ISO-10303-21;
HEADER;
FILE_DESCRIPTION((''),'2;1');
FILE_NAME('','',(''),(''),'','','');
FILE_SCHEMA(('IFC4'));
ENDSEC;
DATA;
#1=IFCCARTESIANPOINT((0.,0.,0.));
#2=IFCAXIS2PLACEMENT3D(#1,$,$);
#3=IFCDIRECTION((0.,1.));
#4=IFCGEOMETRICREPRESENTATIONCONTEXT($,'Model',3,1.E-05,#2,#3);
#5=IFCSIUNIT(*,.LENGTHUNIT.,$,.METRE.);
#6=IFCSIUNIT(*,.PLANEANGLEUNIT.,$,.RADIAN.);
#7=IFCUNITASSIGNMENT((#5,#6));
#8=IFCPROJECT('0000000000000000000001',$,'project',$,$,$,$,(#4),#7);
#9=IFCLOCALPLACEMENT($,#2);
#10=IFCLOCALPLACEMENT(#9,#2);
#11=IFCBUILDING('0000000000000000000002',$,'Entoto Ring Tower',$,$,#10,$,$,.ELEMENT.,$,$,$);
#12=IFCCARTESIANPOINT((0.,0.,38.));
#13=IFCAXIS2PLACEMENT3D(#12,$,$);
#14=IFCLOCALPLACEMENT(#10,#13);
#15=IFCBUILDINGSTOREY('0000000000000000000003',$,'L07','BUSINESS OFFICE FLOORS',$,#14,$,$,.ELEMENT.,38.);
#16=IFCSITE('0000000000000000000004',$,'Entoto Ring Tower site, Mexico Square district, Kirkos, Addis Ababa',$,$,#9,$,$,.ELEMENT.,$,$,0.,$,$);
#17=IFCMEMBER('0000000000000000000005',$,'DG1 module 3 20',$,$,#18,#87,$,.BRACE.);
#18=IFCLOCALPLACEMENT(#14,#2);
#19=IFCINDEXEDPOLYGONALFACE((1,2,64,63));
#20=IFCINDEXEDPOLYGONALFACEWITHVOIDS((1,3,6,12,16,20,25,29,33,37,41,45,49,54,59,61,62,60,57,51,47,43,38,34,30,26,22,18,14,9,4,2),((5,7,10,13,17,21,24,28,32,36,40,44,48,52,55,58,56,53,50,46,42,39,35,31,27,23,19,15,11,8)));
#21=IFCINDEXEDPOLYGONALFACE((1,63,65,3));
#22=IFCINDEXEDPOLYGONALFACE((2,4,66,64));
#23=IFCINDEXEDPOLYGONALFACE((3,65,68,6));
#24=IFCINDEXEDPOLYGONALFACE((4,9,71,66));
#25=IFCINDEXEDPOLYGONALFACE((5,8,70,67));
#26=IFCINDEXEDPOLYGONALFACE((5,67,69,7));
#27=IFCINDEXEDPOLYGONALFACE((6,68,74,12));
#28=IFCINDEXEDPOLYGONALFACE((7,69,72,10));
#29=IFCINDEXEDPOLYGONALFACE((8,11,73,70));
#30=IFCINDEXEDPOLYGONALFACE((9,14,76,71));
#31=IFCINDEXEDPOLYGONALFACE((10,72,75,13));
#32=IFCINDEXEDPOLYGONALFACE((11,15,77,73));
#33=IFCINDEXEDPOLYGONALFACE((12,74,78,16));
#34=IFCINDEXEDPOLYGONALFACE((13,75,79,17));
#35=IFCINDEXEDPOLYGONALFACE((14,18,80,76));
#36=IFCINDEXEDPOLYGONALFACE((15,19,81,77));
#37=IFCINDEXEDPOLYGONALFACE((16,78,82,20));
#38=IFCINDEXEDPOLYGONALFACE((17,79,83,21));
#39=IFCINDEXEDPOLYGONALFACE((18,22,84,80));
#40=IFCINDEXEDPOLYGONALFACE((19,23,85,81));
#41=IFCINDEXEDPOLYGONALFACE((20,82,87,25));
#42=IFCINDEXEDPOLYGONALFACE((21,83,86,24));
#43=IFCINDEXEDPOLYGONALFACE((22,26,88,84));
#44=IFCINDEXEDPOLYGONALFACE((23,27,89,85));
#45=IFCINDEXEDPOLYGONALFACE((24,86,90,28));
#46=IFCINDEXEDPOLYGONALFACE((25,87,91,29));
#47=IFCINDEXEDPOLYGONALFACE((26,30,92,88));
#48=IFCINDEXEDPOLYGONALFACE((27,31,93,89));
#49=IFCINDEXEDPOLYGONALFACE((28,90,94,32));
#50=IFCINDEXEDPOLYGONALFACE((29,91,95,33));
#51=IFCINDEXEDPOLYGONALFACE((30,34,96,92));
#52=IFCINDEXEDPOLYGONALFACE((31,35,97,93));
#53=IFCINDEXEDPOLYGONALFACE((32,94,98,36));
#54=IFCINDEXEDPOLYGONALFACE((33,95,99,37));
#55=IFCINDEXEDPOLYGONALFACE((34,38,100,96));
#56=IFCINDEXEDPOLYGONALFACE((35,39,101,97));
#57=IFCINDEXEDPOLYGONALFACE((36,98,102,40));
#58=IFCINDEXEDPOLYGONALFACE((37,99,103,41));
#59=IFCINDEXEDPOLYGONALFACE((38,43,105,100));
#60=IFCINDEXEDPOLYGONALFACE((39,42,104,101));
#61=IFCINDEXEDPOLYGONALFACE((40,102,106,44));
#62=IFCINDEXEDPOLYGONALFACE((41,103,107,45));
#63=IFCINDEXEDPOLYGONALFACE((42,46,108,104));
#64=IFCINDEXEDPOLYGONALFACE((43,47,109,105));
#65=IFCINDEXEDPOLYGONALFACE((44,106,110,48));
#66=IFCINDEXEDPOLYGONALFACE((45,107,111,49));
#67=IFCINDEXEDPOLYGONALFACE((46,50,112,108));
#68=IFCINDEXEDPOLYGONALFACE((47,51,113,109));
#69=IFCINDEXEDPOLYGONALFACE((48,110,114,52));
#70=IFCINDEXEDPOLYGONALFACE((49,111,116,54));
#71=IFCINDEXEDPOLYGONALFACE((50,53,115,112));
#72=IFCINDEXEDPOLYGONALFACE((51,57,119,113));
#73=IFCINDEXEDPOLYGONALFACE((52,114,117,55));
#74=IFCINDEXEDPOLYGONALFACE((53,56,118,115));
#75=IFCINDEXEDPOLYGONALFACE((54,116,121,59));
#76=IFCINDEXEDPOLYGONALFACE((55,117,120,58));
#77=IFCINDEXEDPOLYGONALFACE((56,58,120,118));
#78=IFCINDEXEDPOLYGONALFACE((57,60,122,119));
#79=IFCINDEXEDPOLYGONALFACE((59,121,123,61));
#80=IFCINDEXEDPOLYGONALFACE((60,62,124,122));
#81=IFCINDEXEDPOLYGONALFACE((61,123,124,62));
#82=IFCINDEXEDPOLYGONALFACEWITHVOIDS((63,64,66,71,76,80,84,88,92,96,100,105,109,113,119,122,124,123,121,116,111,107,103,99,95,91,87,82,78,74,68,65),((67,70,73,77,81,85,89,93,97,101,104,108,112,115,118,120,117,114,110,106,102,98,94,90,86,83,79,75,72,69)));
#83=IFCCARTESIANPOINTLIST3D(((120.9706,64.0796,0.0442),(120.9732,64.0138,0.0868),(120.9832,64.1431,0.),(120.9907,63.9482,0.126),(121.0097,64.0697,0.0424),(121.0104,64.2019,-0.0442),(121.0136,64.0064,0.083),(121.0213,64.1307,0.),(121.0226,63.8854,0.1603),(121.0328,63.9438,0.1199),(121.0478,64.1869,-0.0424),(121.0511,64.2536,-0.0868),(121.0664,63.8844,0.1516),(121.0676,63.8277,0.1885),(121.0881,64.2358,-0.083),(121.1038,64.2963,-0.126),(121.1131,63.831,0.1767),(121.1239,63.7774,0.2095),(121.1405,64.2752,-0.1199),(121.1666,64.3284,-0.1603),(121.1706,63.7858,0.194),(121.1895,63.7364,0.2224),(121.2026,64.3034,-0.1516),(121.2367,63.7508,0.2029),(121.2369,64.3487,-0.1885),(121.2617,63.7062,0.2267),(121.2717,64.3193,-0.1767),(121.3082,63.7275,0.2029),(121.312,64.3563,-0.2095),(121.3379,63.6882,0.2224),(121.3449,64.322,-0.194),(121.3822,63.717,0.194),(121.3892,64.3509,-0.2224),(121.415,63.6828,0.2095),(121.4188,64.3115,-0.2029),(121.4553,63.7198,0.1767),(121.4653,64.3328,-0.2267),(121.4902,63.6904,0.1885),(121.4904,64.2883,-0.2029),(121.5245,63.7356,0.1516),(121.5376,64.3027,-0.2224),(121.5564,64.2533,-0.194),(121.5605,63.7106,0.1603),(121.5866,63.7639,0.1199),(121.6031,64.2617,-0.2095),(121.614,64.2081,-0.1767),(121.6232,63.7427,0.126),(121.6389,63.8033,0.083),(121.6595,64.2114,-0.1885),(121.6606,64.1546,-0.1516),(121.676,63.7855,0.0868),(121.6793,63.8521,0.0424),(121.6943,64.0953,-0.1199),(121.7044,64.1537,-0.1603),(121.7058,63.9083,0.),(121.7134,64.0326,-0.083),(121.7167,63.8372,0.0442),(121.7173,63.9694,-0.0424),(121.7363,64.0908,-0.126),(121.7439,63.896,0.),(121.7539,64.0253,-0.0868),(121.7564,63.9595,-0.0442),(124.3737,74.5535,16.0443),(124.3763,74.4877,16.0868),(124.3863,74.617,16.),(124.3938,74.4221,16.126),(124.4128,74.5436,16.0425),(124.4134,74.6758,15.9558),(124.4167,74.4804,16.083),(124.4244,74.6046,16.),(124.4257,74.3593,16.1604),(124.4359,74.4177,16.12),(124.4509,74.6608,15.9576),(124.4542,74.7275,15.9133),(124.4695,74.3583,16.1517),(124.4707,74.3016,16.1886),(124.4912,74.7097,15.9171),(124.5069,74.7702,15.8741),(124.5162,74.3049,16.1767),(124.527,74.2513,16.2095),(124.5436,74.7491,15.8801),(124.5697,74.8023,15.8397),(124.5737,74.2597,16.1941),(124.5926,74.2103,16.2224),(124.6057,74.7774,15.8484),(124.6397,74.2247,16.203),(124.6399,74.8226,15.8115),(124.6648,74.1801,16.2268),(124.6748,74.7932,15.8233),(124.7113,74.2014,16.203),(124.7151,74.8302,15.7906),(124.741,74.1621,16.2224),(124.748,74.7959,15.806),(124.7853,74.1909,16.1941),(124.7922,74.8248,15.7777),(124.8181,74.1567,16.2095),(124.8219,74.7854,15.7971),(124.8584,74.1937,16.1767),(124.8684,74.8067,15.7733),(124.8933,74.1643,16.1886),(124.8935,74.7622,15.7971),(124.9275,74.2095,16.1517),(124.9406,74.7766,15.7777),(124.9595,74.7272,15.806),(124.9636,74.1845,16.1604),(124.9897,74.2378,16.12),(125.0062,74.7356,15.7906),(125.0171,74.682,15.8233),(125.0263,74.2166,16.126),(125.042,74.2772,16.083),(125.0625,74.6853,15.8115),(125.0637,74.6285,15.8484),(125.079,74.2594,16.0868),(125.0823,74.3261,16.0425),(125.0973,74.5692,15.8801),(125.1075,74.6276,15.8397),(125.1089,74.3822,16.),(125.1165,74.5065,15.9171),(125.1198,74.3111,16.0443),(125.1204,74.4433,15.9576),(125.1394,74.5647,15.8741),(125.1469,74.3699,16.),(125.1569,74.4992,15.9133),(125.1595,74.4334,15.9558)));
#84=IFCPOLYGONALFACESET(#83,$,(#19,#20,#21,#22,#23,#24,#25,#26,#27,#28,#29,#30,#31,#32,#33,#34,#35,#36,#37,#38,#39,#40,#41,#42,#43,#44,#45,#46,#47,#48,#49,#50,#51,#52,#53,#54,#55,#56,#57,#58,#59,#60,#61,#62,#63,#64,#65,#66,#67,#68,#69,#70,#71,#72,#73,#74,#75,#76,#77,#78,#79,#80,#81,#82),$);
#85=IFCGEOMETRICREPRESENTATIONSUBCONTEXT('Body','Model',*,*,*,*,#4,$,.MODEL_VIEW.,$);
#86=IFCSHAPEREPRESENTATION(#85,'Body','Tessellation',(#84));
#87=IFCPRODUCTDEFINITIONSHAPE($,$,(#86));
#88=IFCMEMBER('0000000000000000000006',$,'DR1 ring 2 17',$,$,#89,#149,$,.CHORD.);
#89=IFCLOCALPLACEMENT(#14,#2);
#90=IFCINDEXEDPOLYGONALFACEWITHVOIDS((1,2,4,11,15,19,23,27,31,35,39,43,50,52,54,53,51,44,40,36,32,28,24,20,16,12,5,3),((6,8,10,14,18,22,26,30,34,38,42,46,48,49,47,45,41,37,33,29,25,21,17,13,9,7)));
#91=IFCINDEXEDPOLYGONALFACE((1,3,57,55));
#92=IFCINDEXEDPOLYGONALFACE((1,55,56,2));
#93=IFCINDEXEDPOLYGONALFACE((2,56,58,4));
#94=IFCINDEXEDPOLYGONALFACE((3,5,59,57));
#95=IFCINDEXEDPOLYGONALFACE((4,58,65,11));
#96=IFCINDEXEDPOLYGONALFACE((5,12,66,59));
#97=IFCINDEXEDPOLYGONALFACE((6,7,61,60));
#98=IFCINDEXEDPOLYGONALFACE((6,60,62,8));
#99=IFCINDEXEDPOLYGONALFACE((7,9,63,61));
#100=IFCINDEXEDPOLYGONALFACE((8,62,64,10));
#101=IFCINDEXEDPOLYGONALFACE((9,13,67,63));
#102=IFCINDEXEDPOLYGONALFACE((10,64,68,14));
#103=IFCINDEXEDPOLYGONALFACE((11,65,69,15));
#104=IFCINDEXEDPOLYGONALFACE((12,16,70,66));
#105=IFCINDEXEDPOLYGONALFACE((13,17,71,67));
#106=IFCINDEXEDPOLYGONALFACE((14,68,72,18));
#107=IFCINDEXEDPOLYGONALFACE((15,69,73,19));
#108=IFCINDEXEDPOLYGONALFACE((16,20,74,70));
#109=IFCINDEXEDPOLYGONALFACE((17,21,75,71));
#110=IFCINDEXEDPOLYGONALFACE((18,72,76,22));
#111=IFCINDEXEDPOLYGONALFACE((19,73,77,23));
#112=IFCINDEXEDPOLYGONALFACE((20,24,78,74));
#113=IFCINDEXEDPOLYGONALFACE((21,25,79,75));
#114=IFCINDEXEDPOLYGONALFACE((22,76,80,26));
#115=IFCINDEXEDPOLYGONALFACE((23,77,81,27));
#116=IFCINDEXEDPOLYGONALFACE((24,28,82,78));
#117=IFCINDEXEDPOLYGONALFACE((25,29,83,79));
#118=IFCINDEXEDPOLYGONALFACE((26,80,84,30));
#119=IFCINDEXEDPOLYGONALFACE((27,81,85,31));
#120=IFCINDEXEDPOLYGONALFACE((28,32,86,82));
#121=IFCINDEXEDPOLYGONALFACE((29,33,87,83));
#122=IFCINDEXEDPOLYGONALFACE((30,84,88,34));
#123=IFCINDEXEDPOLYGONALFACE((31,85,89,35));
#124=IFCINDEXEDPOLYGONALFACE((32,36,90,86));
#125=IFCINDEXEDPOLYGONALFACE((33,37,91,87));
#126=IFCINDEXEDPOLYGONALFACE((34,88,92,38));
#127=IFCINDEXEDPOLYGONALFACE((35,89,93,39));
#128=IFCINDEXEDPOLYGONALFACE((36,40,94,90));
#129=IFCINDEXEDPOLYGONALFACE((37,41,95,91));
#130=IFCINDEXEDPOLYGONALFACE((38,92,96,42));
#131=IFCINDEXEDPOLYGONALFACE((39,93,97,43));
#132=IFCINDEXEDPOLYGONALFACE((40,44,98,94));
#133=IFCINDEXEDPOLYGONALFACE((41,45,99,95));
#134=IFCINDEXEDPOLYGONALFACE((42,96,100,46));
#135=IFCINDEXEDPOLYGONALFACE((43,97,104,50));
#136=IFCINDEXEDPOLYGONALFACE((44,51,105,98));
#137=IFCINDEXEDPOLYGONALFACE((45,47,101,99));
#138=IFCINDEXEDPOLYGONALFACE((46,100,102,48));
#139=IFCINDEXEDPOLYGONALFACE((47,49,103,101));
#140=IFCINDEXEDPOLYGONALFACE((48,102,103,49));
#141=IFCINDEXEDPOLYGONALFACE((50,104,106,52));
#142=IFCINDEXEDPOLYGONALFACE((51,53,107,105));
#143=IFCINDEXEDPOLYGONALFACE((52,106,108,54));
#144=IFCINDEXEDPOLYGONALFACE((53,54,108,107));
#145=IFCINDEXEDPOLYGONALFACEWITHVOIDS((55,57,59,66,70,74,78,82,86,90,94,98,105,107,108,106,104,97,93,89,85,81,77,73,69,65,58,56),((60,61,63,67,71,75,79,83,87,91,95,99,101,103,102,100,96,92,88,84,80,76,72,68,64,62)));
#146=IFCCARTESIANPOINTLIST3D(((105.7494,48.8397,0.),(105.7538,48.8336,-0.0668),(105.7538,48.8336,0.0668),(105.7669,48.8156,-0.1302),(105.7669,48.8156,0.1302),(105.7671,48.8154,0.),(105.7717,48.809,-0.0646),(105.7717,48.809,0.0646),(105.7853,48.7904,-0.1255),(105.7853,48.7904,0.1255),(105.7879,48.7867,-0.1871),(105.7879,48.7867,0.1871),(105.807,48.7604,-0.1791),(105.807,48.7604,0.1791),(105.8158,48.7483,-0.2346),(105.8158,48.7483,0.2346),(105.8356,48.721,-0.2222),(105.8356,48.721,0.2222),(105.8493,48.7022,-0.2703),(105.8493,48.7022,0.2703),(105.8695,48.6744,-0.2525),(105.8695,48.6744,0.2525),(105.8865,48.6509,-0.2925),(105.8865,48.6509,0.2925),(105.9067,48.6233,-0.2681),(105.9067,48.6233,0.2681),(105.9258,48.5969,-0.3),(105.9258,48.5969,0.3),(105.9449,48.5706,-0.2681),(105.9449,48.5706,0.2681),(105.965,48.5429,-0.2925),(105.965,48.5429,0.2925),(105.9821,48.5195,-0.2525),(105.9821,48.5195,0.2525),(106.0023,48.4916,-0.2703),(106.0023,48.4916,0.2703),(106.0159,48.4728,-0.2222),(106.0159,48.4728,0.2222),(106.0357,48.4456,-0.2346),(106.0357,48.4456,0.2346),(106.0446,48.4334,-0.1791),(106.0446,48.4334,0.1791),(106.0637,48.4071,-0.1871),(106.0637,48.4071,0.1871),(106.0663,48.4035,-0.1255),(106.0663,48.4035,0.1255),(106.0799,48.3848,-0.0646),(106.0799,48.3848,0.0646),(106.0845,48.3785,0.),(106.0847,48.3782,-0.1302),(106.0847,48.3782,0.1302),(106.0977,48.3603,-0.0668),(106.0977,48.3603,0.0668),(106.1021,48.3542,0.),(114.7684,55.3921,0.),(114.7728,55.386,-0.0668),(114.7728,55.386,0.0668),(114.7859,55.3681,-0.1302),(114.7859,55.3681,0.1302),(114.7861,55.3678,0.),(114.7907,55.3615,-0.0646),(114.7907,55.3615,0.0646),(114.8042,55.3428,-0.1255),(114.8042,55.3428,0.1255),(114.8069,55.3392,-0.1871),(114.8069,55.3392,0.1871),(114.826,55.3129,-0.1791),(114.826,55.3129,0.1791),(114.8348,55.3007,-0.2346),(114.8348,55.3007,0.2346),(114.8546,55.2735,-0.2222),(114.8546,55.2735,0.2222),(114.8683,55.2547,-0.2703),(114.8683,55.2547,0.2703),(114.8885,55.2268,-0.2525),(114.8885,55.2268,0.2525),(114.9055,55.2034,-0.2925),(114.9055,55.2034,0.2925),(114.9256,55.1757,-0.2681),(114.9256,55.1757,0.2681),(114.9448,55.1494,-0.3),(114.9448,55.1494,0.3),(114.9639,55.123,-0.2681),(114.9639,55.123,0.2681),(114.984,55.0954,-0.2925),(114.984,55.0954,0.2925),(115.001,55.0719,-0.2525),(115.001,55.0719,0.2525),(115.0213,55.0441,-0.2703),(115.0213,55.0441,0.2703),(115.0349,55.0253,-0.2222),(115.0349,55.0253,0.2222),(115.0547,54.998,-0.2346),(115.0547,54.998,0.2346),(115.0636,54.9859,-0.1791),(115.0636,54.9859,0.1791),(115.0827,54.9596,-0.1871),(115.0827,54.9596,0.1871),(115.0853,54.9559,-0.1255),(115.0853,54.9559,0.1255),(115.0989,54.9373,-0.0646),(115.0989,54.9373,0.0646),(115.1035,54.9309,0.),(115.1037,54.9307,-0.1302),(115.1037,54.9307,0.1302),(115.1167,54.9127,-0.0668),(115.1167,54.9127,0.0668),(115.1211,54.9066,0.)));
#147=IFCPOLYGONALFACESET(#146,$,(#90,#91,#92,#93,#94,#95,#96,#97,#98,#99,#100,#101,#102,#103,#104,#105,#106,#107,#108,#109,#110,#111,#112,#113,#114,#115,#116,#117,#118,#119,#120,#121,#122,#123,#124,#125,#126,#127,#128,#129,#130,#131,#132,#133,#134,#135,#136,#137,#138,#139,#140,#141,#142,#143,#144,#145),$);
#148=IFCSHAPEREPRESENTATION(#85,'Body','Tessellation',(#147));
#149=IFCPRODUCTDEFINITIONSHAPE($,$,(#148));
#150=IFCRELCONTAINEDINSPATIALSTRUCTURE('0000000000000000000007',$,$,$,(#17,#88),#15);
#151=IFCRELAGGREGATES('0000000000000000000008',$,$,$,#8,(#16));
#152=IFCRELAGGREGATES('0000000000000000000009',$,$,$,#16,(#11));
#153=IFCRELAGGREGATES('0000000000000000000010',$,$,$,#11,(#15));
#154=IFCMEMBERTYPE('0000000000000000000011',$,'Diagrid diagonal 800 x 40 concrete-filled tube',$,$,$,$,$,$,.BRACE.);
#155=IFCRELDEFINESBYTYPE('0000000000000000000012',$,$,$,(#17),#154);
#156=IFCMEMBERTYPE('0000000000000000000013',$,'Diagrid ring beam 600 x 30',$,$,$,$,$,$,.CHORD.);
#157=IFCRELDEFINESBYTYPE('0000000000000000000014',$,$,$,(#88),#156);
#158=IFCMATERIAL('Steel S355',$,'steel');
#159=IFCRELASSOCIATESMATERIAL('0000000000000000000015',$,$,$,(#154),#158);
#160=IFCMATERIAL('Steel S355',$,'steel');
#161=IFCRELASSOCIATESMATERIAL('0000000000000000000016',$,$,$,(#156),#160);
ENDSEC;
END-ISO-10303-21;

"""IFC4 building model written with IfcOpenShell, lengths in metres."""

from ifc_helpers import new_model, si_unit, direction, frame, origin, origin_2d, place, context, subcontext, project, spatial, circle, hollow_circle, extrude, material, material_profile, profile_set, type_object, element, save


model = new_model("IFC4")

# Units and contexts
model_context = context("Model", 3, precision=1e-05, world=origin(), true_north=direction((0.0, 1.0)))
body_context = subcontext(model_context, "Body", "Model", "MODEL_VIEW")
ifc_project = project(units=[si_unit("LENGTHUNIT", "METRE"), si_unit("PLANEANGLEUNIT", "RADIAN")], contexts=[model_context])

# Site, building, storey
site_placement = place(None, origin())
site = spatial("IfcSite", under=ifc_project, at=site_placement, Name="Entoto Ring Tower site, Mexico Square district, Kirkos, Addis Ababa", CompositionType="ELEMENT", RefElevation=0.0)
building_placement = place(site_placement, origin())
building = spatial("IfcBuilding", under=site, at=building_placement, Name="Entoto Ring Tower", CompositionType="ELEMENT")
storey_placement = place(building_placement, frame((0.0, 0.0, 38.0)))
storey = spatial("IfcBuildingStorey", under=building, at=storey_placement, Name="L07", Description="BUSINESS OFFICE FLOORS", CompositionType="ELEMENT", Elevation=38.0)

# Members
ifc_material_1 = material(Name="Steel S355", Category="steel")
ifc_material_profile_1 = material_profile(ifc_material_1, hollow_circle(Radius=0.3999, WallThickness=0.04, at=origin_2d()), Name="CHS 800 x 40")
ifc_material_2 = material(Name="Concrete C60/75", Category="concrete")
ifc_material_profile_2 = material_profile(ifc_material_2, circle(Radius=0.3601, at=origin_2d()), Name="Concrete C60/75 infill")
ifc_profile_set_1 = profile_set([ifc_material_profile_1, ifc_material_profile_2], Name="Steel S355")
member_type_1 = type_object("IfcMemberType", Name="Diagrid diagonal 800 x 40 concrete-filled tube", PredefinedType="BRACE", material=ifc_profile_set_1)
for number, where, z_axis, x_axis, name in (
    (1, (121.3635, 64.0195, 0.0), (0.175202, 0.53923, 0.823733), (-0.951059, 0.309009, 0.0), "DG1 module 3 20"),
):
    element("IfcMember", number, at=place(storey_placement, frame(where, z_axis=z_axis, x_axis=x_axis)), inside=storey, type_object=member_type_1, Name=name, PredefinedType="BRACE", context=body_context, shape_type="SweptSolid", body=[
        extrude(hollow_circle(Radius=0.3999, WallThickness=0.04, at=origin_2d()), origin(), (0.0, 0.0, 1.0), 19.4238),
    ])
ifc_material_3 = material(Name="Steel S355", Category="steel")
ifc_material_profile_3 = material_profile(ifc_material_3, hollow_circle(Radius=0.3, WallThickness=0.03, at=origin_2d()), Name="CHS 600 x 30")
ifc_material_4 = material(Name="Concrete C60/75", Category="concrete")
ifc_material_profile_4 = material_profile(ifc_material_4, circle(Radius=0.27, at=origin_2d()), Name="Concrete C60/75 infill")
ifc_profile_set_2 = profile_set([ifc_material_profile_3, ifc_material_profile_4], Name="Steel S355")
member_type_2 = type_object("IfcMemberType", Name="Diagrid ring beam 600 x 30", PredefinedType="CHORD", material=ifc_profile_set_2)
for number, where, z_axis, x_axis, name in (
    (2, (105.9258, 48.5969, 0.0), (0.809027, 0.587772, 0.0), (-0.587772, 0.809027, 0.0), "DR1 ring 2 17"),
):
    element("IfcMember", number, at=place(storey_placement, frame(where, z_axis=z_axis, x_axis=x_axis)), inside=storey, type_object=member_type_2, Name=name, PredefinedType="CHORD", context=body_context, shape_type="SweptSolid", body=[
        extrude(hollow_circle(Radius=0.3, WallThickness=0.03, at=origin_2d()), origin(), (0.0, 0.0, 1.0), 11.1479),
    ])

save(model, "model.ifc")
